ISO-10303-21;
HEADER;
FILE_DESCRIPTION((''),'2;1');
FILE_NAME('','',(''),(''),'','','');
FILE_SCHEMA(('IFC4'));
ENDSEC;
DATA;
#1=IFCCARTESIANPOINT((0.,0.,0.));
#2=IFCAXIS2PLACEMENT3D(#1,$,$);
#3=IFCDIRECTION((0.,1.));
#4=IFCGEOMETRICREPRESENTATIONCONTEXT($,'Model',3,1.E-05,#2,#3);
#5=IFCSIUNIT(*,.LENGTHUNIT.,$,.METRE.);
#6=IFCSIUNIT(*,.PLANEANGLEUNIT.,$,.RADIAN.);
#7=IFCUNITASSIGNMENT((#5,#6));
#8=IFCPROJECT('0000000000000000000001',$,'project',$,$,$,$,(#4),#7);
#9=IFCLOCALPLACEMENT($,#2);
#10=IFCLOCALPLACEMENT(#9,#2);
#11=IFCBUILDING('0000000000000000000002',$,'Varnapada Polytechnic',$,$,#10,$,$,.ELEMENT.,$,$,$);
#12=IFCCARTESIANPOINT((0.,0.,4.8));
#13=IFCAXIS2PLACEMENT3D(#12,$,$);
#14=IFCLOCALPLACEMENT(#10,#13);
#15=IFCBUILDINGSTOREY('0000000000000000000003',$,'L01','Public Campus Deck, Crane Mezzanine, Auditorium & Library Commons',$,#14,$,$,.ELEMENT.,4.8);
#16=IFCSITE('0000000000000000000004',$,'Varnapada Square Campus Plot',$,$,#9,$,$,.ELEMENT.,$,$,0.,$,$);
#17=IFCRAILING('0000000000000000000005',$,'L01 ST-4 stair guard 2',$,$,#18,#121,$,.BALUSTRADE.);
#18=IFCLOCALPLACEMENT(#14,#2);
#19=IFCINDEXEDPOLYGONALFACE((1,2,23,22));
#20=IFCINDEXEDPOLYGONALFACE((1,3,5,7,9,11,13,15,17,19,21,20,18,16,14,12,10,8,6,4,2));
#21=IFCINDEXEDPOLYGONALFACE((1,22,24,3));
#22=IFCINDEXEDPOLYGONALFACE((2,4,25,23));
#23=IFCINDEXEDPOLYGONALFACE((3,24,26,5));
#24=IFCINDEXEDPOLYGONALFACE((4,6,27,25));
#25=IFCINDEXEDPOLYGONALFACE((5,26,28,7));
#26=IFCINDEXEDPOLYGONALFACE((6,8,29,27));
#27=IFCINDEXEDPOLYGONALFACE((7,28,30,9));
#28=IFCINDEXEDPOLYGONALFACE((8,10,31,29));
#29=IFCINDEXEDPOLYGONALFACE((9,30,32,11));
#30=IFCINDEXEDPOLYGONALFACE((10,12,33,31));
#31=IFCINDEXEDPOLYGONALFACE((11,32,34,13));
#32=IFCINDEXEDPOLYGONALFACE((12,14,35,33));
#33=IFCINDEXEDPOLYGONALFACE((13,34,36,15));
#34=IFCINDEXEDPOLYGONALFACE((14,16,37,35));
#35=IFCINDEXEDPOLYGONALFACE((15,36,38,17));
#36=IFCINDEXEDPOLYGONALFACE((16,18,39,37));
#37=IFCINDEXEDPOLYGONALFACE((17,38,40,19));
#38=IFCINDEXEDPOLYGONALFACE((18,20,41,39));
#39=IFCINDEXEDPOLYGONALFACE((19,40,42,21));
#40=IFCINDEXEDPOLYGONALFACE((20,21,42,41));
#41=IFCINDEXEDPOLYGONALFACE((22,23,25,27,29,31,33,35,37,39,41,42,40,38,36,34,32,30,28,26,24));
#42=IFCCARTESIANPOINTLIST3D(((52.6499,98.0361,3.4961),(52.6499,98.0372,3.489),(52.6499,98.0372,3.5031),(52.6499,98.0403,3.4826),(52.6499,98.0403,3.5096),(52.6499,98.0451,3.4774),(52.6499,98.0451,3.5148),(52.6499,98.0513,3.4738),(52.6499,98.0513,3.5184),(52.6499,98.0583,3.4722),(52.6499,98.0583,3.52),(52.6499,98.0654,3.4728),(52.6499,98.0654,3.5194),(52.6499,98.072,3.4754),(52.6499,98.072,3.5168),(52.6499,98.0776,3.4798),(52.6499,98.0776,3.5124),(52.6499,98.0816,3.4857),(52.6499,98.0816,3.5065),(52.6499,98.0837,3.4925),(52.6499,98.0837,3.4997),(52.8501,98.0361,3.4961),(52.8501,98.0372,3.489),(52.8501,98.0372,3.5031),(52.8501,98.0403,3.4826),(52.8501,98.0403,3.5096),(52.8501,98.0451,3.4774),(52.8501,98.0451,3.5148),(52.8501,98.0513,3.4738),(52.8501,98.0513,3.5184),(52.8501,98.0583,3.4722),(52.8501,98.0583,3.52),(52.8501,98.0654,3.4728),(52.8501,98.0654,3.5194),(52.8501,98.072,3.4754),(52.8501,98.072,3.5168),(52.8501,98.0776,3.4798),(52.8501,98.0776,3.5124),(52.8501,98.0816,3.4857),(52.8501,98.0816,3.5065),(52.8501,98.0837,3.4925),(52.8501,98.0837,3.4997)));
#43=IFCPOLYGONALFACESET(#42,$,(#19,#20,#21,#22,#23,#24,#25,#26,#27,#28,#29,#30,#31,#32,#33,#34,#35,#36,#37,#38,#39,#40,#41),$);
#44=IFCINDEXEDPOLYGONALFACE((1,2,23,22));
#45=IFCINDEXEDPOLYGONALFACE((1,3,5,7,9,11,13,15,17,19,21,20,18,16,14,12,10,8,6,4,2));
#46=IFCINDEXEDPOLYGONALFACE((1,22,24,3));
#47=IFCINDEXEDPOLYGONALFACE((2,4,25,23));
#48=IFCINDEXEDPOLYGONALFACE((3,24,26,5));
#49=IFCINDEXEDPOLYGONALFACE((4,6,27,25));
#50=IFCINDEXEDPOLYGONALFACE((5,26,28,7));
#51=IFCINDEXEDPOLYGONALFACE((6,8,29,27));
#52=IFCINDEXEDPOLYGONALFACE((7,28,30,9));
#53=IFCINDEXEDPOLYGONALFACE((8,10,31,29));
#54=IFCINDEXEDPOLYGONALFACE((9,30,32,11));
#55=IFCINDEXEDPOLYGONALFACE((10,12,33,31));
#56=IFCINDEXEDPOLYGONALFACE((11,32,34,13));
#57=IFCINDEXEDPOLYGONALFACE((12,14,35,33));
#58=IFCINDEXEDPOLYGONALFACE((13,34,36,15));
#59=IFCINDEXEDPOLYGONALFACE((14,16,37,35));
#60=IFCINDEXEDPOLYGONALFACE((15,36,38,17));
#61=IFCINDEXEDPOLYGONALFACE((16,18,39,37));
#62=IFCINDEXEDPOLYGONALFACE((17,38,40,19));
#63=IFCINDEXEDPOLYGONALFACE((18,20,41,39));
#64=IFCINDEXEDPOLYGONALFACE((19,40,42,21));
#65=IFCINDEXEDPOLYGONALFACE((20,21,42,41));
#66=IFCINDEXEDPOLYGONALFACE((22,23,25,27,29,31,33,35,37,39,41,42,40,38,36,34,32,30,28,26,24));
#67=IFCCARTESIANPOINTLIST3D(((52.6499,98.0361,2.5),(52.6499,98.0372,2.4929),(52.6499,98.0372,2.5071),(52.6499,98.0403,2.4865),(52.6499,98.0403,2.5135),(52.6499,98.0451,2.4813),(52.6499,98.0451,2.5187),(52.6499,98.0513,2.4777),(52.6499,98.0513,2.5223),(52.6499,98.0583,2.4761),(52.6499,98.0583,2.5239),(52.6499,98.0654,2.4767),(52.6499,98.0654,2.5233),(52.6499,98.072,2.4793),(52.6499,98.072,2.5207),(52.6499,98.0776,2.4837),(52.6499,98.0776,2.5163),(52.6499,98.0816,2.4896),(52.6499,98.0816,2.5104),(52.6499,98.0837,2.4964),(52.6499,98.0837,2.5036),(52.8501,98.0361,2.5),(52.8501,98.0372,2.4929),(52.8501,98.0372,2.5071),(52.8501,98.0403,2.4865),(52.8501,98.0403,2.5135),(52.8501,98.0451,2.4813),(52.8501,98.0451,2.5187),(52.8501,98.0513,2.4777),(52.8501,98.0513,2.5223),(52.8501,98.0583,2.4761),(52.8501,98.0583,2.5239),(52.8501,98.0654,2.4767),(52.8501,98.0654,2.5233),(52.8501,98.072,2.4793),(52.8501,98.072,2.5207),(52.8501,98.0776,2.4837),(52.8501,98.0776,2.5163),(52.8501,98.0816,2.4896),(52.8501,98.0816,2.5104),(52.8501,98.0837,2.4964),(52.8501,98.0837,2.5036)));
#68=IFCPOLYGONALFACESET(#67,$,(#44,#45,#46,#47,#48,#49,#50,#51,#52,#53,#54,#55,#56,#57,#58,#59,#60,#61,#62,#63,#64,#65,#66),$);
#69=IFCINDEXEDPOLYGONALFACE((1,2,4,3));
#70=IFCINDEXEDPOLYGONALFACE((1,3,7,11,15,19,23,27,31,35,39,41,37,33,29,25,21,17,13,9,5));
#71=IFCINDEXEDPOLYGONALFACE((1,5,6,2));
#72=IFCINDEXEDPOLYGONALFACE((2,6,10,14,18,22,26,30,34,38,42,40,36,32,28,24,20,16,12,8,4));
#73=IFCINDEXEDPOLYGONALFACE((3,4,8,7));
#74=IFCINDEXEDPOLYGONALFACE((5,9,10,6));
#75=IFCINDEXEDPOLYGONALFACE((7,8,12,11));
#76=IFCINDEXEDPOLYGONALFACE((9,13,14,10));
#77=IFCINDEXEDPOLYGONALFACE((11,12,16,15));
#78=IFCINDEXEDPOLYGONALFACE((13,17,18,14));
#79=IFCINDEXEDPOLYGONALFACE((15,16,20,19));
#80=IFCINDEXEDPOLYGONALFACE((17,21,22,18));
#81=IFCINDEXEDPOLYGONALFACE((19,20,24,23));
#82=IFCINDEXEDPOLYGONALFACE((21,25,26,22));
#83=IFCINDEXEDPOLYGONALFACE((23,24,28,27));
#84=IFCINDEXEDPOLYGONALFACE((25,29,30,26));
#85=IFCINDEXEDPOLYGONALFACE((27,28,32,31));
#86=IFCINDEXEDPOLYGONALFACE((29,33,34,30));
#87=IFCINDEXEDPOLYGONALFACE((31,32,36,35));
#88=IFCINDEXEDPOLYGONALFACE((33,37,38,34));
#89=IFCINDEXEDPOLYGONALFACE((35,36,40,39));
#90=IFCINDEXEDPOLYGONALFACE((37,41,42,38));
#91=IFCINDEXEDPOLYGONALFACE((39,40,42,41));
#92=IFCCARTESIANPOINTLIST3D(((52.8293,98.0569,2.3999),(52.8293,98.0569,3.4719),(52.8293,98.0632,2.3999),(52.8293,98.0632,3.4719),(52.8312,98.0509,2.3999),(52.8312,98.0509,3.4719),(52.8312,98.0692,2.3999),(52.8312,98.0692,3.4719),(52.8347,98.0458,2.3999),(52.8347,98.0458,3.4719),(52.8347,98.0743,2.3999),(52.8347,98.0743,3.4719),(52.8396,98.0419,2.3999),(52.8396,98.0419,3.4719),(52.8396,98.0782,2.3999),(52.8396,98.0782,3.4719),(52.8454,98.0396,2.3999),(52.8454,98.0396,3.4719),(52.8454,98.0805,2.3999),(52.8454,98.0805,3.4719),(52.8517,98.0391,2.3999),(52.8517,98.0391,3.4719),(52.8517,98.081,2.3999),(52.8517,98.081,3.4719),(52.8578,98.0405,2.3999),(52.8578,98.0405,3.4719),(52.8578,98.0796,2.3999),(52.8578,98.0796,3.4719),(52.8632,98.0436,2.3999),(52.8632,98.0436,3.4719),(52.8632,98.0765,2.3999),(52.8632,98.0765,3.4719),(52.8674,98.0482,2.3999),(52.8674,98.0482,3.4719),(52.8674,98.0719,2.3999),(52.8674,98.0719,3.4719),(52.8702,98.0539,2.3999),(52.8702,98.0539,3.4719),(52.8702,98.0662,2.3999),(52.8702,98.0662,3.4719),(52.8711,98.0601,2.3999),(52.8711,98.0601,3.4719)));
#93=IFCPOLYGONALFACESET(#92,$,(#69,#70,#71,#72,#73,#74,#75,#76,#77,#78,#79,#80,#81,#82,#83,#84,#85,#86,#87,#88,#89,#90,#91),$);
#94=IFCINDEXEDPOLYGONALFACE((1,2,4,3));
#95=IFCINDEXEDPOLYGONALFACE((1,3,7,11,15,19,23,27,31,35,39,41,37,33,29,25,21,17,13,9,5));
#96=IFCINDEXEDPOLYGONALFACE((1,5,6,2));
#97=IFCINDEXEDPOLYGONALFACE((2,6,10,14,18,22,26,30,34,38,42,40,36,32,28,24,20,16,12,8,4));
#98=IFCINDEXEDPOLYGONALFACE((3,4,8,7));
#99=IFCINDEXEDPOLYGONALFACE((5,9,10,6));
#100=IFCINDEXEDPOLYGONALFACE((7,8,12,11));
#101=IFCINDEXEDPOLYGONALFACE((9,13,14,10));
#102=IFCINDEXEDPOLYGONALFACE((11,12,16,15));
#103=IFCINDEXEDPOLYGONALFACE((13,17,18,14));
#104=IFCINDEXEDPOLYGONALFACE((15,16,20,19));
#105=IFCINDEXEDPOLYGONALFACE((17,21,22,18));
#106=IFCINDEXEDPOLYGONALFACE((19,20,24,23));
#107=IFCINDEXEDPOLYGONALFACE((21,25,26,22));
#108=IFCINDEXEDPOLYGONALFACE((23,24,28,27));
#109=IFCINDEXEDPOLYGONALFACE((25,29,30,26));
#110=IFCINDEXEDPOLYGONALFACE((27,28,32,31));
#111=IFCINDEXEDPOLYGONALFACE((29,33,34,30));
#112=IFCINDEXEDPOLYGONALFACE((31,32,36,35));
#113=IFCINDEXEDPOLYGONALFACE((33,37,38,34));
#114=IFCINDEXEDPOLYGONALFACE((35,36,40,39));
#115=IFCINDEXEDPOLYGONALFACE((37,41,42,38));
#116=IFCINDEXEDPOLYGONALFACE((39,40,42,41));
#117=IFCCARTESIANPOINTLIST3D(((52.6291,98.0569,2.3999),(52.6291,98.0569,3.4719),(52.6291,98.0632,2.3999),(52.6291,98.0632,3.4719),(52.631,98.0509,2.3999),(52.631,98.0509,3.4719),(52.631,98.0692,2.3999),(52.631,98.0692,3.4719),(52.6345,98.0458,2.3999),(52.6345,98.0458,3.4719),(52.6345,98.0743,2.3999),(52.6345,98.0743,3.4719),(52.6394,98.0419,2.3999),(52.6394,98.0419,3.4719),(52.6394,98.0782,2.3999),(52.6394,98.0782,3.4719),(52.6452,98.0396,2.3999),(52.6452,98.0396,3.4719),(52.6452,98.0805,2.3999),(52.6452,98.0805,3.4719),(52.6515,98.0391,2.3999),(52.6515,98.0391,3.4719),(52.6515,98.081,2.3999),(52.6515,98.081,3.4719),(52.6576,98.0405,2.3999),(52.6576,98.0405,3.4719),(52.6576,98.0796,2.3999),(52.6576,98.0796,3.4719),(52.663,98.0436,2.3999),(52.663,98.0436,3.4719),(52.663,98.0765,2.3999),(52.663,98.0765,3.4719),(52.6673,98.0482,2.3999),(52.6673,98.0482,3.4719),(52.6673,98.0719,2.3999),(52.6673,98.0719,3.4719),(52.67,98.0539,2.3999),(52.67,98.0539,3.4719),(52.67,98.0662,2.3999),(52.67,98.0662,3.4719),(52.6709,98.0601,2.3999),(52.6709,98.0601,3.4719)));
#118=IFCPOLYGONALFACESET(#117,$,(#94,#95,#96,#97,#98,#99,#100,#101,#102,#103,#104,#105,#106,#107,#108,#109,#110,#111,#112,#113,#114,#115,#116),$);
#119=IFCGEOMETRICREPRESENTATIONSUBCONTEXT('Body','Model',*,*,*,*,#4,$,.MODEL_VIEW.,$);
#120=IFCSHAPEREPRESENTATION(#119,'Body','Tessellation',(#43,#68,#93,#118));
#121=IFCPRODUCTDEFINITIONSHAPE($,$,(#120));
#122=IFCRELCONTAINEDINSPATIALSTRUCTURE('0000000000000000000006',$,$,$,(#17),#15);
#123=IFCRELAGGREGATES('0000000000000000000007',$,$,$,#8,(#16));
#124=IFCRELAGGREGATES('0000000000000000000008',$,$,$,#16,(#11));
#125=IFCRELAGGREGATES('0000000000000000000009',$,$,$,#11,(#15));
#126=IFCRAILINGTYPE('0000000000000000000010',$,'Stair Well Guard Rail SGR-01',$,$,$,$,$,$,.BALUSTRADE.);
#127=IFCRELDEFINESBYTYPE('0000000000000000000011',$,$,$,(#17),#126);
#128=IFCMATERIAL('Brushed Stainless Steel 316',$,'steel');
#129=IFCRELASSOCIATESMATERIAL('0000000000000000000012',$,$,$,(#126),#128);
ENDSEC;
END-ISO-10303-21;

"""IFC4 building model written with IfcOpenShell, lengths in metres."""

from ifc_helpers import new_model, si_unit, direction, frame, origin, origin_2d, place, context, subcontext, project, spatial, circle, extrude, material, type_object, element, save


model = new_model("IFC4")

# Units and contexts
model_context = context("Model", 3, precision=1e-05, world=origin(), true_north=direction((0.0, 1.0)))
body_context = subcontext(model_context, "Body", "Model", "MODEL_VIEW")
ifc_project = project(units=[si_unit("LENGTHUNIT", "METRE"), si_unit("PLANEANGLEUNIT", "RADIAN")], contexts=[model_context])

# Site, building, storey
site_placement = place(None, origin())
site = spatial("IfcSite", under=ifc_project, at=site_placement, Name="Varnapada Square Campus Plot", CompositionType="ELEMENT", RefElevation=0.0)
building_placement = place(site_placement, origin())
building = spatial("IfcBuilding", under=site, at=building_placement, Name="Varnapada Polytechnic", CompositionType="ELEMENT")
storey_placement = place(building_placement, frame((0.0, 0.0, 4.8)))
storey = spatial("IfcBuildingStorey", under=building, at=storey_placement, Name="L01", Description="Public Campus Deck, Crane Mezzanine, Auditorium & Library Commons", CompositionType="ELEMENT", Elevation=4.8)

# Shared definitions
ifc_material_1 = material(Name="Brushed Stainless Steel 316", Category="steel")

# Railing
railing_type_1 = type_object("IfcRailingType", Name="Stair Well Guard Rail SGR-01", PredefinedType="BALUSTRADE", material=ifc_material_1)
railing_1_placement = place(storey_placement, frame((52.8501, 98.0601, 2.3999)))
element("IfcRailing", 1, at=railing_1_placement, inside=storey, type_object=railing_type_1, Name="L01 ST-4 stair guard 2", PredefinedType="BALUSTRADE", context=body_context, shape_type="SweptSolid", body=[
    extrude(circle(Radius=0.0239, at=origin_2d()), frame((0.0, 0.0, 1.0962), z_axis=(-1.0, 0.0, 0.0), x_axis=(0.0, -1.0, 0.0)), (0.0, 0.0, 1.0), 0.2002),
    extrude(circle(Radius=0.0239, at=origin_2d()), frame((0.0, 0.0, 0.1001), z_axis=(-1.0, 0.0, 0.0), x_axis=(0.0, -1.0, 0.0)), (0.0, 0.0, 1.0), 0.2002),
    extrude(circle(Radius=0.021, at=origin_2d()), origin(), (0.0, 0.0, 1.0), 1.072),
    extrude(circle(Radius=0.021, at=origin_2d()), frame((-0.2002, 0.0, 0.0)), (0.0, 0.0, 1.0), 1.072),
])

save(model, "model.ifc")
